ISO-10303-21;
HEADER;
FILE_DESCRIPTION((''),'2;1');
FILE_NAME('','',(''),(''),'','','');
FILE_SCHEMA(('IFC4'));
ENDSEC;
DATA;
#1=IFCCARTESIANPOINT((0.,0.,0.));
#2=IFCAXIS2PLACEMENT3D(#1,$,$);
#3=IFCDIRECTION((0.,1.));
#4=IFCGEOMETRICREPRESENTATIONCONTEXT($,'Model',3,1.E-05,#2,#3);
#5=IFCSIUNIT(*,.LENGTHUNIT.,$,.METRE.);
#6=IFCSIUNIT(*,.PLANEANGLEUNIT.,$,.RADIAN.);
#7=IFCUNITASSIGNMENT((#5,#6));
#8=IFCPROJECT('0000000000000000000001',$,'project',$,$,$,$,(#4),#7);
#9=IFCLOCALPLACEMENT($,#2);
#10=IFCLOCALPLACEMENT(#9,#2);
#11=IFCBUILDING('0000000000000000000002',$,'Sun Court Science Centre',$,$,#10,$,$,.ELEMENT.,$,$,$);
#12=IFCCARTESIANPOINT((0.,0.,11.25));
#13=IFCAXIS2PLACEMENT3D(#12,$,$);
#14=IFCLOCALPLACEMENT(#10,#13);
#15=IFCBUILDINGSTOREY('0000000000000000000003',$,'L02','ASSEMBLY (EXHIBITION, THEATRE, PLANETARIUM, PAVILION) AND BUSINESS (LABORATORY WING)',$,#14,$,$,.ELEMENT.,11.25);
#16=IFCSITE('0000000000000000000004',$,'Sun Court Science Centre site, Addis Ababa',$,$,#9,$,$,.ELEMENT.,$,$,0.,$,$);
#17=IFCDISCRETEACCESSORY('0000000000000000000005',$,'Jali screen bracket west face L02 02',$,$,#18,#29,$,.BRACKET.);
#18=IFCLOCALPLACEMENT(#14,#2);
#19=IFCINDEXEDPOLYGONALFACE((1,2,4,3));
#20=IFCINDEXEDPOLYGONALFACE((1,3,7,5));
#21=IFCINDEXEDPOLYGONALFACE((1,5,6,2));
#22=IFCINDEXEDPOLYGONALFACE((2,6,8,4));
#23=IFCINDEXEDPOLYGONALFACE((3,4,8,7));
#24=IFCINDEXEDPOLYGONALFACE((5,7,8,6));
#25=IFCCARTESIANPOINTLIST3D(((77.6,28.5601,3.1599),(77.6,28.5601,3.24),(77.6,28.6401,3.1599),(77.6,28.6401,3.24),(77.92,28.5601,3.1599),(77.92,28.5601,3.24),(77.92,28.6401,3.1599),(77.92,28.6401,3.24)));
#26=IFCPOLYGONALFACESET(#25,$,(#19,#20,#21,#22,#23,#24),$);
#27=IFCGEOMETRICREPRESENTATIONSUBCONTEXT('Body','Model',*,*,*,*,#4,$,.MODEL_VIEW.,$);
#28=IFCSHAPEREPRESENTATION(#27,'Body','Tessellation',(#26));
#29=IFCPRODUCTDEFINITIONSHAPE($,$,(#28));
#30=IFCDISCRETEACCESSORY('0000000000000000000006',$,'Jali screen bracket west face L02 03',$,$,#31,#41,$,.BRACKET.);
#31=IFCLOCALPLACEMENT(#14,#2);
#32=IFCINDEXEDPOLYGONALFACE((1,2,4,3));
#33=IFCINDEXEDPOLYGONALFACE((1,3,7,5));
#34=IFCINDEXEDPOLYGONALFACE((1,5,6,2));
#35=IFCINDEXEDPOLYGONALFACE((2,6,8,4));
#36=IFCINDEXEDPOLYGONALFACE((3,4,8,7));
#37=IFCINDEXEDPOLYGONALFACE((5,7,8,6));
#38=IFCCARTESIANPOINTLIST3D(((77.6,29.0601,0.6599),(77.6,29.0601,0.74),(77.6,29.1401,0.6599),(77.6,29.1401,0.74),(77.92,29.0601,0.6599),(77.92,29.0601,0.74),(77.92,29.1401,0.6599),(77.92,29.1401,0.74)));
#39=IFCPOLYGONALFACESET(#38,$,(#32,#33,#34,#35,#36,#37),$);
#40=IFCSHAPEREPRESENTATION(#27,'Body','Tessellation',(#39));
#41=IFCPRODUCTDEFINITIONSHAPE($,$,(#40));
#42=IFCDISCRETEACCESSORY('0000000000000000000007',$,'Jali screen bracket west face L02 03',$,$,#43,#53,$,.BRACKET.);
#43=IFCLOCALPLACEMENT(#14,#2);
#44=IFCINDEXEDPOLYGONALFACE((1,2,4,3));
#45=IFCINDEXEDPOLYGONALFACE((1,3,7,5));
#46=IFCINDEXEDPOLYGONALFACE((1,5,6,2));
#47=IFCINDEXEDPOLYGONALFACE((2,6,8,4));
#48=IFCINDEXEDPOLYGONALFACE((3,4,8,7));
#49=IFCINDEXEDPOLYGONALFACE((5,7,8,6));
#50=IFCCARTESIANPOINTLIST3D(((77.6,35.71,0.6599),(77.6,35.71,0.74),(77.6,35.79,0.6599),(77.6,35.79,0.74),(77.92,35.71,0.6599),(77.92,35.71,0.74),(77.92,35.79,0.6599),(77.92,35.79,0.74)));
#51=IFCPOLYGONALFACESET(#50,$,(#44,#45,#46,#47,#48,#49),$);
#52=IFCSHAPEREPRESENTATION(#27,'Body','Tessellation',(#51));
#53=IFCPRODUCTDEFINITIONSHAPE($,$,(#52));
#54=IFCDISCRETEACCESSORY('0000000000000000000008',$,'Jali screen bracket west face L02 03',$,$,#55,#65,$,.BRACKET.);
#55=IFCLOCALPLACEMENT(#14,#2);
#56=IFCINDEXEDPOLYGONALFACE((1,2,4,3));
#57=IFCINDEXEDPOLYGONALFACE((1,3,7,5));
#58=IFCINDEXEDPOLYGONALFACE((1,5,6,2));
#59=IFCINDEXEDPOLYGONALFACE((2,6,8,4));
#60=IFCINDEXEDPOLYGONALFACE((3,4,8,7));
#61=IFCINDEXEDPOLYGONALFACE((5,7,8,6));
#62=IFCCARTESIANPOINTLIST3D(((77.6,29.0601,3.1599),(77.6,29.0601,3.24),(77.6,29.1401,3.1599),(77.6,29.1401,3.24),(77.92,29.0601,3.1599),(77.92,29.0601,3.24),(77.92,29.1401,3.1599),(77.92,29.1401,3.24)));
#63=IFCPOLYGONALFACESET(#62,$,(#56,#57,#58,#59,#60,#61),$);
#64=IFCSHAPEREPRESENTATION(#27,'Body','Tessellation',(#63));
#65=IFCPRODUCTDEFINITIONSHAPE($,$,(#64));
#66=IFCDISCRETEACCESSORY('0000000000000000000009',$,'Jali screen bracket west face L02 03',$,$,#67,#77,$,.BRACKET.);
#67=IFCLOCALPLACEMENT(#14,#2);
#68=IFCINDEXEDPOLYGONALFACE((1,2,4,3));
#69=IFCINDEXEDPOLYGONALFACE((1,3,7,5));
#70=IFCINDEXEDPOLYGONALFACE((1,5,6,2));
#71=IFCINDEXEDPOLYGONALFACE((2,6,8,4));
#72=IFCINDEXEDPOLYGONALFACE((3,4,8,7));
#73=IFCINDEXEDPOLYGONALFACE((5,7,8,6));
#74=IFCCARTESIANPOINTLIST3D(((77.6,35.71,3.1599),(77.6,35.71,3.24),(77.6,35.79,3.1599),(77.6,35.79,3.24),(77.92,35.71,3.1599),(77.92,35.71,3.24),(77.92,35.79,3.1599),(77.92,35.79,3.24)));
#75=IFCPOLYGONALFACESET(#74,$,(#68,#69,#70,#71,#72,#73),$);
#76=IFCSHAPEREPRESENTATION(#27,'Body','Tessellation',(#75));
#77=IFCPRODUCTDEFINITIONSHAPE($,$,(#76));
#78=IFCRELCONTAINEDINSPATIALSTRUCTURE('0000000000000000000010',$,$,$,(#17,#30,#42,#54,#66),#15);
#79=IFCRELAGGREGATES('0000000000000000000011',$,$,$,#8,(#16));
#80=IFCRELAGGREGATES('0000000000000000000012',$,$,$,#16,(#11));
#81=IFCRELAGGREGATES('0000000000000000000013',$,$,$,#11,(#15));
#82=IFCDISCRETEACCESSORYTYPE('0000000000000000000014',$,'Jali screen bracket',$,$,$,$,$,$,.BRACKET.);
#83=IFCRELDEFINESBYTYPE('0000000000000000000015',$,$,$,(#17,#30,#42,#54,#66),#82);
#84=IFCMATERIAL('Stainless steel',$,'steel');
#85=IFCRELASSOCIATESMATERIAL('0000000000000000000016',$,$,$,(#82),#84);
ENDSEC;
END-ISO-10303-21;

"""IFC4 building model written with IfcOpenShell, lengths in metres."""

from ifc_helpers import new_model, si_unit, direction, frame, origin, origin_2d, place, context, subcontext, project, spatial, rectangle, extrude, material, type_object, element, save


model = new_model("IFC4")

# Units and contexts
model_context = context("Model", 3, precision=1e-05, world=origin(), true_north=direction((0.0, 1.0)))
body_context = subcontext(model_context, "Body", "Model", "MODEL_VIEW")
ifc_project = project(units=[si_unit("LENGTHUNIT", "METRE"), si_unit("PLANEANGLEUNIT", "RADIAN")], contexts=[model_context])

# Site, building, storey
site_placement = place(None, origin())
site = spatial("IfcSite", under=ifc_project, at=site_placement, Name="Sun Court Science Centre site, Addis Ababa", CompositionType="ELEMENT", RefElevation=0.0)
building_placement = place(site_placement, origin())
building = spatial("IfcBuilding", under=site, at=building_placement, Name="Sun Court Science Centre", CompositionType="ELEMENT")
storey_placement = place(building_placement, frame((0.0, 0.0, 11.25)))
storey = spatial("IfcBuildingStorey", under=building, at=storey_placement, Name="L02", Description="ASSEMBLY (EXHIBITION, THEATRE, PLANETARIUM, PAVILION) AND BUSINESS (LABORATORY WING)", CompositionType="ELEMENT", Elevation=11.25)

# Discrete accessories
ifc_material_1 = material(Name="Stainless steel", Category="steel")
discrete_accessory_type = type_object("IfcDiscreteAccessoryType", Name="Jali screen bracket", PredefinedType="BRACKET", material=ifc_material_1)
for number, where, z_axis, x_axis, name in (
    (1, (77.76, 28.6001, 3.1599), (0.0, 0.0, 1.0), (0.0, 1.0, 0.0), "Jali screen bracket west face L02 02"),
    (2, (77.76, 29.1001, 0.6599), (0.0, 0.0, 1.0), (0.0, 1.0, 0.0), "Jali screen bracket west face L02 03"),
    (3, (77.76, 35.75, 0.6599), (0.0, 0.0, 1.0), (0.0, 1.0, 0.0), "Jali screen bracket west face L02 03"),
    (4, (77.76, 29.1001, 3.1599), (0.0, 0.0, 1.0), (0.0, 1.0, 0.0), "Jali screen bracket west face L02 03"),
    (5, (77.76, 35.75, 3.1599), (0.0, 0.0, 1.0), (0.0, 1.0, 0.0), "Jali screen bracket west face L02 03"),
):
    element("IfcDiscreteAccessory", number, at=place(storey_placement, frame(where, z_axis=z_axis, x_axis=x_axis)), inside=storey, type_object=discrete_accessory_type, Name=name, PredefinedType="BRACKET", context=body_context, shape_type="SweptSolid", body=[
        extrude(rectangle(XDim=0.0801, YDim=0.3201, at=origin_2d()), origin(), (0.0, 0.0, 1.0), 0.0801),
    ])

save(model, "model.ifc")
